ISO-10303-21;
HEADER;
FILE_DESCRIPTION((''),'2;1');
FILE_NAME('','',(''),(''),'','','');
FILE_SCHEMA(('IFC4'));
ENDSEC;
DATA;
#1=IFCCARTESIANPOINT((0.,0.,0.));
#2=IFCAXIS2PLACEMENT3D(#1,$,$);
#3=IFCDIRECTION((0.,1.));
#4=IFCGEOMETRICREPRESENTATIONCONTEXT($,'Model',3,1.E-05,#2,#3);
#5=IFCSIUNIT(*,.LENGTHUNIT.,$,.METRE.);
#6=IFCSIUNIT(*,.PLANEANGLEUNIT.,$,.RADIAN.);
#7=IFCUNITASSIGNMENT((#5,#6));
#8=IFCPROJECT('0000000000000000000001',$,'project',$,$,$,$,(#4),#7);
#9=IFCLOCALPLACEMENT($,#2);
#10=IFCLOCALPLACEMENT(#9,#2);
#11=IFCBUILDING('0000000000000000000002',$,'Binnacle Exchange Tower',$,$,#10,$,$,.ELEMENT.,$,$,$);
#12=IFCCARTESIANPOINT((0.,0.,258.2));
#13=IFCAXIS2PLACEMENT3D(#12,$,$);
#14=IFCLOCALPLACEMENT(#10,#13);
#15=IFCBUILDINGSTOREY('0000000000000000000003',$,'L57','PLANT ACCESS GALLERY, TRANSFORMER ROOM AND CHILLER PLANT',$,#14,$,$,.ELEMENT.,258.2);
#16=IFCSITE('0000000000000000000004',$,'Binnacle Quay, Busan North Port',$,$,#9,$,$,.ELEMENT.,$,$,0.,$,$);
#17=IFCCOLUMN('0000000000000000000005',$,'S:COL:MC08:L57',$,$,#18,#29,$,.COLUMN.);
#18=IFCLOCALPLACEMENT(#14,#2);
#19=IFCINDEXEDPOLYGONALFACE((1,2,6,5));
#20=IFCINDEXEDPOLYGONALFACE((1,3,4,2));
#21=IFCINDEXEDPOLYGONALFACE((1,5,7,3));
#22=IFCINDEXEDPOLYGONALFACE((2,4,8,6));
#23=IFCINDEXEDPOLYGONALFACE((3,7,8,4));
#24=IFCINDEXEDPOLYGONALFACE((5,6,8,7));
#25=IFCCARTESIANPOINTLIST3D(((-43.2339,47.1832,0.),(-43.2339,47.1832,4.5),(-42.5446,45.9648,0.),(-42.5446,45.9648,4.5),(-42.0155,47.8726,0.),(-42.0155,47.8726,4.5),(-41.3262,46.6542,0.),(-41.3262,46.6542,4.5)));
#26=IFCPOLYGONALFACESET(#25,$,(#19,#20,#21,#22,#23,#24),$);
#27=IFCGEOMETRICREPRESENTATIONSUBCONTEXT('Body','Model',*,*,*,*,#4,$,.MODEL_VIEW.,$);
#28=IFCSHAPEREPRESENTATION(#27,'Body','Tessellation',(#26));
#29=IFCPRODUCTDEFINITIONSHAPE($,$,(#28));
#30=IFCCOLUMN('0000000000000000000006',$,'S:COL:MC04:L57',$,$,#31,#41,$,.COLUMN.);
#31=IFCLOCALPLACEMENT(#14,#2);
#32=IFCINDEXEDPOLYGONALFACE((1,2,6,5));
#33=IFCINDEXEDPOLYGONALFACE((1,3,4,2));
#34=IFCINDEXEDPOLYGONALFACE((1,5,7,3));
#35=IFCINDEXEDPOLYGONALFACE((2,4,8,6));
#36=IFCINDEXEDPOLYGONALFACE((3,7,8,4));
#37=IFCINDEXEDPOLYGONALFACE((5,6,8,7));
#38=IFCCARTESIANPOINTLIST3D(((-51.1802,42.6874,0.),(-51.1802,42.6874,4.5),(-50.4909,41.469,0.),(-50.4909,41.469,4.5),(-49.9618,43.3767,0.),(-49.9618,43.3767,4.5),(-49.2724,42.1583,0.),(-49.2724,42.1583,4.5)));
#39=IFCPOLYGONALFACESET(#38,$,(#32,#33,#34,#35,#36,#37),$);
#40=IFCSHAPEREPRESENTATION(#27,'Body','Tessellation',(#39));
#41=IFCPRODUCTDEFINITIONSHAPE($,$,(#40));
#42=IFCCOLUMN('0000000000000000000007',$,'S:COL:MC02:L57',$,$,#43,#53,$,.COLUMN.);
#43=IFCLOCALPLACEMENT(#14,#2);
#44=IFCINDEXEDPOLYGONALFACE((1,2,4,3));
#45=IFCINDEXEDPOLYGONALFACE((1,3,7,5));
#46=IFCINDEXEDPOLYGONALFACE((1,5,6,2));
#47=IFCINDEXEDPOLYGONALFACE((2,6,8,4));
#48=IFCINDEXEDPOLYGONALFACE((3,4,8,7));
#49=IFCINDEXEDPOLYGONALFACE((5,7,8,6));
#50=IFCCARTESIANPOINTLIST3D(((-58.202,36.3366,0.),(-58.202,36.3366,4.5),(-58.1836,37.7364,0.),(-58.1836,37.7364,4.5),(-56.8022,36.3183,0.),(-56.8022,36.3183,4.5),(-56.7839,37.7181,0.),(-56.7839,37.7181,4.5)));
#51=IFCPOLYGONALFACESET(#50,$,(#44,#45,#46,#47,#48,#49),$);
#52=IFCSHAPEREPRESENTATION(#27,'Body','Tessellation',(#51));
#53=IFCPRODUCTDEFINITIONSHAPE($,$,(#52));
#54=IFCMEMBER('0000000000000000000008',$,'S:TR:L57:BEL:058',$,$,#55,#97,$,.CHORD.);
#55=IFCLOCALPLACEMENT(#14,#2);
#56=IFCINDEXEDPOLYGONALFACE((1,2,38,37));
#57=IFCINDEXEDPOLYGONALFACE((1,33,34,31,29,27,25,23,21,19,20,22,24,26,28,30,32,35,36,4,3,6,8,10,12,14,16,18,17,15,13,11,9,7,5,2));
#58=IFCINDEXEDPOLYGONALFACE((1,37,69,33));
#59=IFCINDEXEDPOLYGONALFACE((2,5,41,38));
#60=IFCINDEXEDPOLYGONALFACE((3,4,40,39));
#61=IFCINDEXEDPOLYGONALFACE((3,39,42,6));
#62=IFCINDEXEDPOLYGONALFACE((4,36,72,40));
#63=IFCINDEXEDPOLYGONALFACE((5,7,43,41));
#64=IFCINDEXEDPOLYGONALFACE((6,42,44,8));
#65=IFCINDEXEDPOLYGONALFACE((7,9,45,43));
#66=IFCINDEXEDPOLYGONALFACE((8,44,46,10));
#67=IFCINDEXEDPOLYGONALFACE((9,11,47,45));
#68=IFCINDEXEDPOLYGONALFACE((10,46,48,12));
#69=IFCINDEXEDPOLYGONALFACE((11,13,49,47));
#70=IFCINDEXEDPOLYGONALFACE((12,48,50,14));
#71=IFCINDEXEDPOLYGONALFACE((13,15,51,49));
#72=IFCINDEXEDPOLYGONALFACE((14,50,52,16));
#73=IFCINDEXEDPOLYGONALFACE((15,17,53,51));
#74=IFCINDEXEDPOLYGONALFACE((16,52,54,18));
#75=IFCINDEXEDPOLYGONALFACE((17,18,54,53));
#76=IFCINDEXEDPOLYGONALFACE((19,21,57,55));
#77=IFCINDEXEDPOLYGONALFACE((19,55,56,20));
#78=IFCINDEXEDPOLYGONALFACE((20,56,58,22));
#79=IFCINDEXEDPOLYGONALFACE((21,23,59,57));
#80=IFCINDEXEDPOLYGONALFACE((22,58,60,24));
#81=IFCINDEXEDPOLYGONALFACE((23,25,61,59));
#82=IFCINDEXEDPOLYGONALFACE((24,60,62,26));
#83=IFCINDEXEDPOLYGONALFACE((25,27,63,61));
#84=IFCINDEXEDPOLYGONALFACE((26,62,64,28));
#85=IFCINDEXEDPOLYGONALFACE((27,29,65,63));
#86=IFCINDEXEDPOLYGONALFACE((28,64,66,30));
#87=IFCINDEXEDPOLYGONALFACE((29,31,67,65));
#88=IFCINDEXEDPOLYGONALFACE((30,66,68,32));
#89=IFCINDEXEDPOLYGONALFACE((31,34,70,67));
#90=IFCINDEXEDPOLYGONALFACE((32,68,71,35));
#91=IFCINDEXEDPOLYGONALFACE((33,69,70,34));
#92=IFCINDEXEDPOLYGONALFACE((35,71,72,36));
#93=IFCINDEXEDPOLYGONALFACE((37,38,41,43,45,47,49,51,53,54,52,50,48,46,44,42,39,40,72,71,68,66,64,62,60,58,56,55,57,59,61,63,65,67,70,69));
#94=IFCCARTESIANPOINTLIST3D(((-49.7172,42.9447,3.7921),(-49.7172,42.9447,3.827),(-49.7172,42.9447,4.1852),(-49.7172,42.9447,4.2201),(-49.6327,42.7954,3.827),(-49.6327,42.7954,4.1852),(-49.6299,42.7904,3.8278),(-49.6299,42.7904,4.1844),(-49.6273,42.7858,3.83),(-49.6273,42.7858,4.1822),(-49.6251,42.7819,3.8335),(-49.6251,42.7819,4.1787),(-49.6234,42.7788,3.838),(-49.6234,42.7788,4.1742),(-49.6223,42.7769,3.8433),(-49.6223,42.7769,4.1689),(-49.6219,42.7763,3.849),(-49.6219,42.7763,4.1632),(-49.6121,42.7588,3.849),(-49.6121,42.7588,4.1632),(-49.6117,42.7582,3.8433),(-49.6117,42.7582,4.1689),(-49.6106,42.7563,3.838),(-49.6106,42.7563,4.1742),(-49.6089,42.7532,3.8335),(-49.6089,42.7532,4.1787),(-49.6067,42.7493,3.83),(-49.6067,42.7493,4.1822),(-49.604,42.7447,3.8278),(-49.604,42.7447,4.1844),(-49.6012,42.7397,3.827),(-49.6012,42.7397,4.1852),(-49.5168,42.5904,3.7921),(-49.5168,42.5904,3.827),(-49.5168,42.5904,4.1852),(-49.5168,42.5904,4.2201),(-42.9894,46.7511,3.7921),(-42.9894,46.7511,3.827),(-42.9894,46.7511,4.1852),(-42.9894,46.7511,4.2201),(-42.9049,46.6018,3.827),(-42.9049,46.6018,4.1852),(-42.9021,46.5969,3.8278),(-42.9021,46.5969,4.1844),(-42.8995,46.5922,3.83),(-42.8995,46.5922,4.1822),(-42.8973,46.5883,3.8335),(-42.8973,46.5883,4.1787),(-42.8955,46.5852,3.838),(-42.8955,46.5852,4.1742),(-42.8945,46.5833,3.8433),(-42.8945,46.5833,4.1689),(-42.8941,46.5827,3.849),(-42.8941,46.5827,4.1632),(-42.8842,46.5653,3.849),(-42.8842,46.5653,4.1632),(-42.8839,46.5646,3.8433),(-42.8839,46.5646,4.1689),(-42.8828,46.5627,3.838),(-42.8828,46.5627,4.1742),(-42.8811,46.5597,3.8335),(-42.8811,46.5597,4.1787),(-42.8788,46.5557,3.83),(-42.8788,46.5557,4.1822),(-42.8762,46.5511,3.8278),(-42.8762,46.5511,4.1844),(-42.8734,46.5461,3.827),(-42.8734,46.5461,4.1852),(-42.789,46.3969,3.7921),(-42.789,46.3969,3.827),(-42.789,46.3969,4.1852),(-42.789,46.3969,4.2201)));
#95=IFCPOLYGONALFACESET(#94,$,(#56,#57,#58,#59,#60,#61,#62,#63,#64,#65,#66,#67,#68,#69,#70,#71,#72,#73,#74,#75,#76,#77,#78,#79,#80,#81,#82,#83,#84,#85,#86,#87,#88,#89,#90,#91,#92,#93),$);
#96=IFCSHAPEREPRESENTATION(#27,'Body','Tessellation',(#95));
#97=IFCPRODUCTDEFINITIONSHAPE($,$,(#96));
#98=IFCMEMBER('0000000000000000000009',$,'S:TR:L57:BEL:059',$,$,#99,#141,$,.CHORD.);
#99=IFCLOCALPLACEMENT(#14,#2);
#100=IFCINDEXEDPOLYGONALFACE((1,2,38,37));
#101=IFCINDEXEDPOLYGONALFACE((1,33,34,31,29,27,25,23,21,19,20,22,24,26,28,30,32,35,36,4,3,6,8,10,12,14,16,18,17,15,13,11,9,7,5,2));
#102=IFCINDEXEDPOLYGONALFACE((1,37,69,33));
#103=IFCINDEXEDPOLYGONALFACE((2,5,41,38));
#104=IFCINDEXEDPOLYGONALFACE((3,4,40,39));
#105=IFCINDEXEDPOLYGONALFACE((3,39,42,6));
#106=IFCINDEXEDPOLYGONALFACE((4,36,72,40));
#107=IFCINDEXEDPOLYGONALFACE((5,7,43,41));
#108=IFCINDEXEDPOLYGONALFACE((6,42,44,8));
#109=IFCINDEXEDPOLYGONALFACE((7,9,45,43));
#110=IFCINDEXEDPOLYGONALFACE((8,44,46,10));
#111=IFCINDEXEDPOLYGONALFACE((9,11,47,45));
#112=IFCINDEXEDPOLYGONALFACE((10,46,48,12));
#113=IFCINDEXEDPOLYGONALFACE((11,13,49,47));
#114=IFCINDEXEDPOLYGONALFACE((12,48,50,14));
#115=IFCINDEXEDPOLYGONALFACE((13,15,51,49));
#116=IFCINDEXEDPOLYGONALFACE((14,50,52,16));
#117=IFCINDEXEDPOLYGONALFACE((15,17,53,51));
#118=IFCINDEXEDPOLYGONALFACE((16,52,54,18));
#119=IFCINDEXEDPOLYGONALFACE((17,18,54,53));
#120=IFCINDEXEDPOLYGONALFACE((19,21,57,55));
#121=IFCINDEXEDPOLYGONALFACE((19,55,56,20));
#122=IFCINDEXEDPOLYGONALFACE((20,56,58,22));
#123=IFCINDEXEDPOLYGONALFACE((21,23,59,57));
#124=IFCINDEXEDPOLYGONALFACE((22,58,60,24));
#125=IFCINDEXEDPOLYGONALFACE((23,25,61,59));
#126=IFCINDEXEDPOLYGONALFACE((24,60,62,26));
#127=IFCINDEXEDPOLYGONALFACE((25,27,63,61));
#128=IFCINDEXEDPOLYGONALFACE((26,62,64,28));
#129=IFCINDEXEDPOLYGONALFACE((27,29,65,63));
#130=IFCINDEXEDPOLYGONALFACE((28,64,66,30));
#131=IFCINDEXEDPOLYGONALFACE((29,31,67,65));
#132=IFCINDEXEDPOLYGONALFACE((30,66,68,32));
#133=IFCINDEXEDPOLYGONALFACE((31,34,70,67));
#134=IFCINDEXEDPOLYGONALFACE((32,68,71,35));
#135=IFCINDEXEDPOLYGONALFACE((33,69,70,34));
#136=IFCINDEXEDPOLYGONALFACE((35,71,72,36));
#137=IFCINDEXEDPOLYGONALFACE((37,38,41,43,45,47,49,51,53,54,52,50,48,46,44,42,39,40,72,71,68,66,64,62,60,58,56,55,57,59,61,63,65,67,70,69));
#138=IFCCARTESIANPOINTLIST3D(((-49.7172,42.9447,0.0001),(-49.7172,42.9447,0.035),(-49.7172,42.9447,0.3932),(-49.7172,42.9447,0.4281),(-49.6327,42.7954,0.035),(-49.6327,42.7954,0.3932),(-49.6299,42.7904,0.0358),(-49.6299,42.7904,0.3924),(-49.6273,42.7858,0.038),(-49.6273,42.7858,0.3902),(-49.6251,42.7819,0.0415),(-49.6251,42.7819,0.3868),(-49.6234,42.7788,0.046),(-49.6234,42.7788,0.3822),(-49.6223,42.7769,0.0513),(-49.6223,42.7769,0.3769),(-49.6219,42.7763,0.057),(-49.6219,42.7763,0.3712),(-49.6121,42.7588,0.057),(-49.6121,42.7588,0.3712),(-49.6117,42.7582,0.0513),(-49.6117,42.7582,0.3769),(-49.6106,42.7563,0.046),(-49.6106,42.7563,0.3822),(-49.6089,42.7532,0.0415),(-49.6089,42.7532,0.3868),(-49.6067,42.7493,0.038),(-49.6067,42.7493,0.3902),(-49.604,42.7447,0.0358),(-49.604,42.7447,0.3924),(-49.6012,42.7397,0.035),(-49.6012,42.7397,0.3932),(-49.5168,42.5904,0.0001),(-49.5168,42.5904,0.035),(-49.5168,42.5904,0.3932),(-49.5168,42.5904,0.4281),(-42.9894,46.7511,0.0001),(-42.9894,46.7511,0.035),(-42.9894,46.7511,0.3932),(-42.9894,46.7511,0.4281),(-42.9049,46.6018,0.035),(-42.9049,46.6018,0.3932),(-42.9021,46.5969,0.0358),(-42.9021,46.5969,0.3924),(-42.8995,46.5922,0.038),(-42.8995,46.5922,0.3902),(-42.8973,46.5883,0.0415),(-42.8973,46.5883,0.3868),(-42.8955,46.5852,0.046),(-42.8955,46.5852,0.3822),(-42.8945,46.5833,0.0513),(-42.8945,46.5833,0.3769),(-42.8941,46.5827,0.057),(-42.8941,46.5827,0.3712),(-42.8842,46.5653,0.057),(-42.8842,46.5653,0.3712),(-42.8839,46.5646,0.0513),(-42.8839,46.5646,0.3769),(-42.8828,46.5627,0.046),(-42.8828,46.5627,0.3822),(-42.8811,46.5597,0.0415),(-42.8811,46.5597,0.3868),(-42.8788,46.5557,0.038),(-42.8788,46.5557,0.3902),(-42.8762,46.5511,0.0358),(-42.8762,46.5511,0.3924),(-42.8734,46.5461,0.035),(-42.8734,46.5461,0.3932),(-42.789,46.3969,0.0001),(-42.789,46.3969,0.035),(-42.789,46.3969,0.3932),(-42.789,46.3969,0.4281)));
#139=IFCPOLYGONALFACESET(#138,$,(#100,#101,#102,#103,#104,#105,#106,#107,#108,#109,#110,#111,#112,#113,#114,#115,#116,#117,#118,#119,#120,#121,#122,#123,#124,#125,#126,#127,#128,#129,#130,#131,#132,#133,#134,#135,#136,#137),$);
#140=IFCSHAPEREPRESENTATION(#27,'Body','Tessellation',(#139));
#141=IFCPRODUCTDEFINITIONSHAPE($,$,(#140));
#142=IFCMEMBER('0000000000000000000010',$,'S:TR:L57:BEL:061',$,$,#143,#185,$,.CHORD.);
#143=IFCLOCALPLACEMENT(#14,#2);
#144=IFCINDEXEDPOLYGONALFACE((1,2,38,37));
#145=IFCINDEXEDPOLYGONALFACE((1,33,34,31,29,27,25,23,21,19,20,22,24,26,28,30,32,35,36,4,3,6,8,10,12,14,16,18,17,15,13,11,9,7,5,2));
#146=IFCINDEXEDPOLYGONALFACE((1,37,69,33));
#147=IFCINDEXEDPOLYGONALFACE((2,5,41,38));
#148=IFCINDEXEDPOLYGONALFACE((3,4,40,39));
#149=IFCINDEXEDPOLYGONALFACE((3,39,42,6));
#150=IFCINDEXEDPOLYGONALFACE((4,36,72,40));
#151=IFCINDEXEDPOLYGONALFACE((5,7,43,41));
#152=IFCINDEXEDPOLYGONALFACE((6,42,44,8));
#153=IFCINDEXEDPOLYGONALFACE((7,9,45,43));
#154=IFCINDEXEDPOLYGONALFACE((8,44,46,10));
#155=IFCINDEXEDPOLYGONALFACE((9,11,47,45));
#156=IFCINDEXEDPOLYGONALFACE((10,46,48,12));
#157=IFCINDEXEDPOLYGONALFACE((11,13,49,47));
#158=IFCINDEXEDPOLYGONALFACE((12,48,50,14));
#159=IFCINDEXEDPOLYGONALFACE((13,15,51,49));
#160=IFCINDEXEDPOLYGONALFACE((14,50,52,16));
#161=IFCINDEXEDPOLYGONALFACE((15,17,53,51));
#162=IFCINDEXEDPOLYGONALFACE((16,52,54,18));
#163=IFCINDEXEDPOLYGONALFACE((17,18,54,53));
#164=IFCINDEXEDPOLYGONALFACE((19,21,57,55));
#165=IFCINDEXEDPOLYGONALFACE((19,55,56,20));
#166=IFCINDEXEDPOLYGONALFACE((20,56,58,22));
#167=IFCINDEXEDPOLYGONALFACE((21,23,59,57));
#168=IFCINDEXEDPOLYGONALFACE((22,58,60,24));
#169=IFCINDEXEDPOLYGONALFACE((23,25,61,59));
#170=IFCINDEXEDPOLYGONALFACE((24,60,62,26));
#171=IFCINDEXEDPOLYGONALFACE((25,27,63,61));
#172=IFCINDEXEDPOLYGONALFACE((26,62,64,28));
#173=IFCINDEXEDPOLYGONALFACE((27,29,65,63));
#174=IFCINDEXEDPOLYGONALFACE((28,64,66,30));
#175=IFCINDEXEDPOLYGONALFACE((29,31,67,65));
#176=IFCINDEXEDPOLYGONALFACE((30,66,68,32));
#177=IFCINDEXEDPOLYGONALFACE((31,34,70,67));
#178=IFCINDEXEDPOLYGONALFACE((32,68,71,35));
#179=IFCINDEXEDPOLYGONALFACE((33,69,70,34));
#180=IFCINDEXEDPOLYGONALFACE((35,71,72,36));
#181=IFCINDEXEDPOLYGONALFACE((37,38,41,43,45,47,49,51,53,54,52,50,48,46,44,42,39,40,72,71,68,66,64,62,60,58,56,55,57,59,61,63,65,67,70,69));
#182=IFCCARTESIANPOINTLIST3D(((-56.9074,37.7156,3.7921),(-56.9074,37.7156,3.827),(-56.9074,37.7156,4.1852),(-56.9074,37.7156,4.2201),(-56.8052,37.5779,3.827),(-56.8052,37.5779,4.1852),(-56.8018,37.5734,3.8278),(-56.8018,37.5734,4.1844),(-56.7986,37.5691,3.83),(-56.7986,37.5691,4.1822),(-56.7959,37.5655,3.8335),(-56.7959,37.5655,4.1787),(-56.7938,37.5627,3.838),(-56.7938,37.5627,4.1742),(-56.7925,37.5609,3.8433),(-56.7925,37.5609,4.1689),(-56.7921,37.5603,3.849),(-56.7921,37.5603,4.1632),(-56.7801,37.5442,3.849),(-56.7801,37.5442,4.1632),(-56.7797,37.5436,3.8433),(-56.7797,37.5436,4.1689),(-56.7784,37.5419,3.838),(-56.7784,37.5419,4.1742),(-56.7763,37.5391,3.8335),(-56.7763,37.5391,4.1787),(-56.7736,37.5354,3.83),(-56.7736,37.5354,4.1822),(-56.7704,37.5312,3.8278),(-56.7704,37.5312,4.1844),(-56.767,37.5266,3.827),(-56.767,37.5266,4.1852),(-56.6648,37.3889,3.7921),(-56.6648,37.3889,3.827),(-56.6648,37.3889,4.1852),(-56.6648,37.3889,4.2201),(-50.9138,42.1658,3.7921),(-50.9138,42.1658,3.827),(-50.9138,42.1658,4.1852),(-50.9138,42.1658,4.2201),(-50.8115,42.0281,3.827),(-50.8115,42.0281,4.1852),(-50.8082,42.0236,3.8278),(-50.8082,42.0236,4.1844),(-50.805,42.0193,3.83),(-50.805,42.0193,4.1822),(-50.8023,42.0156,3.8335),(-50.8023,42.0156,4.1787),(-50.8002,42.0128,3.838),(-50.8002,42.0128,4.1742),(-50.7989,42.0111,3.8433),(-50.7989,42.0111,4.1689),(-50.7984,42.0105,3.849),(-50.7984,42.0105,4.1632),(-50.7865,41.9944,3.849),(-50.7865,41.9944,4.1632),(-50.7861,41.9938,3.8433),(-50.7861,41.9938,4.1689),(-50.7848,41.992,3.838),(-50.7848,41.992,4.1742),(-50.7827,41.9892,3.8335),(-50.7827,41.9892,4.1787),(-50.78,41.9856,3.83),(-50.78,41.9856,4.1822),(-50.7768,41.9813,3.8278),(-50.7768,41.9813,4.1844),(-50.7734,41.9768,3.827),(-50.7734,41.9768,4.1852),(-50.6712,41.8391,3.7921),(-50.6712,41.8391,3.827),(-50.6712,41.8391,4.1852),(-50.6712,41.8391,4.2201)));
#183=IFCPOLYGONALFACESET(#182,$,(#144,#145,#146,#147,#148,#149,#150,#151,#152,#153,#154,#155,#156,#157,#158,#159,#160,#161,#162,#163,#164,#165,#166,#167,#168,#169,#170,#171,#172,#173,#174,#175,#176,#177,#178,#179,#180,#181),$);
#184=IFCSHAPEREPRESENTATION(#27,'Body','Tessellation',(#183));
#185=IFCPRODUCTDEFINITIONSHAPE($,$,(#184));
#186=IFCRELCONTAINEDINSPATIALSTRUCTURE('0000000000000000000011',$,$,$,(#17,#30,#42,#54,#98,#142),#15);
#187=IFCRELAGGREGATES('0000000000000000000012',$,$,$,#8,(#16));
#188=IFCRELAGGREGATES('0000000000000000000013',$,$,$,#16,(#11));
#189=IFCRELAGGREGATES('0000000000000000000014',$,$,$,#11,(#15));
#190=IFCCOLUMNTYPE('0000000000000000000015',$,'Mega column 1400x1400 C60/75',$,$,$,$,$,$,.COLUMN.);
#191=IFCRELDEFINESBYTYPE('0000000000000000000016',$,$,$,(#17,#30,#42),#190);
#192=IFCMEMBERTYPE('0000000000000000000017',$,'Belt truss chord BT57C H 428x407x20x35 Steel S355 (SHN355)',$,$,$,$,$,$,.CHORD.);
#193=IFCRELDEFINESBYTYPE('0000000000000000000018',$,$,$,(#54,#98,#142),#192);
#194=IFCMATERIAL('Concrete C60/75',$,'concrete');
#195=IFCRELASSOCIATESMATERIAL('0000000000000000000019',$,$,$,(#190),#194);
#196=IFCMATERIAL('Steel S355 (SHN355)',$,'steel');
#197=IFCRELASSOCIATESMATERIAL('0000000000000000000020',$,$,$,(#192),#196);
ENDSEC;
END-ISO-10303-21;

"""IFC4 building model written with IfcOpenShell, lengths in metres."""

from ifc_helpers import new_model, si_unit, direction, frame, origin, origin_2d, place, context, subcontext, project, spatial, rectangle, i_section, extrude, material, material_profile, profile_set, type_object, element, save


model = new_model("IFC4")

# Units and contexts
model_context = context("Model", 3, precision=1e-05, world=origin(), true_north=direction((0.0, 1.0)))
body_context = subcontext(model_context, "Body", "Model", "MODEL_VIEW")
ifc_project = project(units=[si_unit("LENGTHUNIT", "METRE"), si_unit("PLANEANGLEUNIT", "RADIAN")], contexts=[model_context])

# Site, building, storey
site_placement = place(None, origin())
site = spatial("IfcSite", under=ifc_project, at=site_placement, Name="Binnacle Quay, Busan North Port", CompositionType="ELEMENT", RefElevation=0.0)
building_placement = place(site_placement, origin())
building = spatial("IfcBuilding", under=site, at=building_placement, Name="Binnacle Exchange Tower", CompositionType="ELEMENT")
storey_placement = place(building_placement, frame((0.0, 0.0, 258.2)))
storey = spatial("IfcBuildingStorey", under=building, at=storey_placement, Name="L57", Description="PLANT ACCESS GALLERY, TRANSFORMER ROOM AND CHILLER PLANT", CompositionType="ELEMENT", Elevation=258.2)

# Columns
ifc_material_1 = material(Name="Concrete C60/75", Category="concrete")
ifc_material_profile_1 = material_profile(ifc_material_1, rectangle(XDim=1.3999, YDim=1.3999, at=origin_2d()), Name="Mega column 1400x1400 C60/75")
ifc_profile_set_1 = profile_set([ifc_material_profile_1], Name="Concrete C60/75")
column_type = type_object("IfcColumnType", Name="Mega column 1400x1400 C60/75", PredefinedType="COLUMN", material=ifc_profile_set_1)
for number, where, z_axis, x_axis, name in (
    (1, (-42.28, 46.9187, 0.0), (0.0, 0.0, 1.0), (-0.870356, -0.492424, 0.0), "S:COL:MC08:L57"),
    (2, (-50.2263, 42.4229, 0.0), (0.0, 0.0, 1.0), (-0.870356, -0.492424, 0.0), "S:COL:MC04:L57"),
    (3, (-57.4929, 37.0273, 0.0), (0.0, 0.0, 1.0), (-0.01309, -0.999914, 0.0), "S:COL:MC02:L57"),
):
    element("IfcColumn", number, at=place(storey_placement, frame(where, z_axis=z_axis, x_axis=x_axis)), inside=storey, type_object=column_type, Name=name, PredefinedType="COLUMN", context=body_context, shape_type="SweptSolid", body=[
        extrude(rectangle(XDim=1.3999, YDim=1.3999, at=origin_2d()), origin(), (0.0, 0.0, 1.0), 4.5),
    ])

# Members
ifc_material_2 = material(Name="Steel S355 (SHN355)", Category="steel")
ifc_material_profile_2 = material_profile(ifc_material_2, i_section(OverallWidth=0.407, OverallDepth=0.428, WebThickness=0.02, FlangeThickness=0.0349, FilletRadius=0.022, at=origin_2d()), Name="H 428x407x20x35")
ifc_profile_set_2 = profile_set([ifc_material_profile_2], Name="Steel S355 (SHN355)")
member_type_1 = type_object("IfcMemberType", Name="Belt truss chord BT57C H 428x407x20x35 Steel S355 (SHN355)", PredefinedType="CHORD", material=ifc_profile_set_2)
for number, where, z_axis, x_axis, name in (
    (4, (-42.8892, 46.574, 4.0061), (-0.870356, -0.492424, 0.0), (0.492424, -0.870356, 0.0), "S:TR:L57:BEL:058"),
    (5, (-42.8892, 46.574, 0.2141), (-0.870356, -0.492424, 0.0), (0.492424, -0.870356, 0.0), "S:TR:L57:BEL:059"),
):
    element("IfcMember", number, at=place(storey_placement, frame(where, z_axis=z_axis, x_axis=x_axis)), inside=storey, type_object=member_type_1, Name=name, PredefinedType="CHORD", context=body_context, shape_type="SweptSolid", body=[
        extrude(i_section(OverallWidth=0.407, OverallDepth=0.428, WebThickness=0.02, FlangeThickness=0.0349, FilletRadius=0.022, at=origin_2d()), origin(), (0.0, 0.0, 1.0), 7.73),
    ])
for number, where, z_axis, x_axis, name in (
    (6, (-50.7925, 42.0024, 4.0061), (-0.802887, -0.596131, 0.0), (0.596131, -0.802887, 0.0), "S:TR:L57:BEL:061"),
):
    element("IfcMember", number, at=place(storey_placement, frame(where, z_axis=z_axis, x_axis=x_axis)), inside=storey, type_object=member_type_1, Name=name, PredefinedType="CHORD", context=body_context, shape_type="SweptSolid", body=[
        extrude(i_section(OverallWidth=0.407, OverallDepth=0.428, WebThickness=0.02, FlangeThickness=0.0349, FilletRadius=0.022, at=origin_2d()), origin(), (0.0, 0.0, 1.0), 7.4651),
    ])

save(model, "model.ifc")
